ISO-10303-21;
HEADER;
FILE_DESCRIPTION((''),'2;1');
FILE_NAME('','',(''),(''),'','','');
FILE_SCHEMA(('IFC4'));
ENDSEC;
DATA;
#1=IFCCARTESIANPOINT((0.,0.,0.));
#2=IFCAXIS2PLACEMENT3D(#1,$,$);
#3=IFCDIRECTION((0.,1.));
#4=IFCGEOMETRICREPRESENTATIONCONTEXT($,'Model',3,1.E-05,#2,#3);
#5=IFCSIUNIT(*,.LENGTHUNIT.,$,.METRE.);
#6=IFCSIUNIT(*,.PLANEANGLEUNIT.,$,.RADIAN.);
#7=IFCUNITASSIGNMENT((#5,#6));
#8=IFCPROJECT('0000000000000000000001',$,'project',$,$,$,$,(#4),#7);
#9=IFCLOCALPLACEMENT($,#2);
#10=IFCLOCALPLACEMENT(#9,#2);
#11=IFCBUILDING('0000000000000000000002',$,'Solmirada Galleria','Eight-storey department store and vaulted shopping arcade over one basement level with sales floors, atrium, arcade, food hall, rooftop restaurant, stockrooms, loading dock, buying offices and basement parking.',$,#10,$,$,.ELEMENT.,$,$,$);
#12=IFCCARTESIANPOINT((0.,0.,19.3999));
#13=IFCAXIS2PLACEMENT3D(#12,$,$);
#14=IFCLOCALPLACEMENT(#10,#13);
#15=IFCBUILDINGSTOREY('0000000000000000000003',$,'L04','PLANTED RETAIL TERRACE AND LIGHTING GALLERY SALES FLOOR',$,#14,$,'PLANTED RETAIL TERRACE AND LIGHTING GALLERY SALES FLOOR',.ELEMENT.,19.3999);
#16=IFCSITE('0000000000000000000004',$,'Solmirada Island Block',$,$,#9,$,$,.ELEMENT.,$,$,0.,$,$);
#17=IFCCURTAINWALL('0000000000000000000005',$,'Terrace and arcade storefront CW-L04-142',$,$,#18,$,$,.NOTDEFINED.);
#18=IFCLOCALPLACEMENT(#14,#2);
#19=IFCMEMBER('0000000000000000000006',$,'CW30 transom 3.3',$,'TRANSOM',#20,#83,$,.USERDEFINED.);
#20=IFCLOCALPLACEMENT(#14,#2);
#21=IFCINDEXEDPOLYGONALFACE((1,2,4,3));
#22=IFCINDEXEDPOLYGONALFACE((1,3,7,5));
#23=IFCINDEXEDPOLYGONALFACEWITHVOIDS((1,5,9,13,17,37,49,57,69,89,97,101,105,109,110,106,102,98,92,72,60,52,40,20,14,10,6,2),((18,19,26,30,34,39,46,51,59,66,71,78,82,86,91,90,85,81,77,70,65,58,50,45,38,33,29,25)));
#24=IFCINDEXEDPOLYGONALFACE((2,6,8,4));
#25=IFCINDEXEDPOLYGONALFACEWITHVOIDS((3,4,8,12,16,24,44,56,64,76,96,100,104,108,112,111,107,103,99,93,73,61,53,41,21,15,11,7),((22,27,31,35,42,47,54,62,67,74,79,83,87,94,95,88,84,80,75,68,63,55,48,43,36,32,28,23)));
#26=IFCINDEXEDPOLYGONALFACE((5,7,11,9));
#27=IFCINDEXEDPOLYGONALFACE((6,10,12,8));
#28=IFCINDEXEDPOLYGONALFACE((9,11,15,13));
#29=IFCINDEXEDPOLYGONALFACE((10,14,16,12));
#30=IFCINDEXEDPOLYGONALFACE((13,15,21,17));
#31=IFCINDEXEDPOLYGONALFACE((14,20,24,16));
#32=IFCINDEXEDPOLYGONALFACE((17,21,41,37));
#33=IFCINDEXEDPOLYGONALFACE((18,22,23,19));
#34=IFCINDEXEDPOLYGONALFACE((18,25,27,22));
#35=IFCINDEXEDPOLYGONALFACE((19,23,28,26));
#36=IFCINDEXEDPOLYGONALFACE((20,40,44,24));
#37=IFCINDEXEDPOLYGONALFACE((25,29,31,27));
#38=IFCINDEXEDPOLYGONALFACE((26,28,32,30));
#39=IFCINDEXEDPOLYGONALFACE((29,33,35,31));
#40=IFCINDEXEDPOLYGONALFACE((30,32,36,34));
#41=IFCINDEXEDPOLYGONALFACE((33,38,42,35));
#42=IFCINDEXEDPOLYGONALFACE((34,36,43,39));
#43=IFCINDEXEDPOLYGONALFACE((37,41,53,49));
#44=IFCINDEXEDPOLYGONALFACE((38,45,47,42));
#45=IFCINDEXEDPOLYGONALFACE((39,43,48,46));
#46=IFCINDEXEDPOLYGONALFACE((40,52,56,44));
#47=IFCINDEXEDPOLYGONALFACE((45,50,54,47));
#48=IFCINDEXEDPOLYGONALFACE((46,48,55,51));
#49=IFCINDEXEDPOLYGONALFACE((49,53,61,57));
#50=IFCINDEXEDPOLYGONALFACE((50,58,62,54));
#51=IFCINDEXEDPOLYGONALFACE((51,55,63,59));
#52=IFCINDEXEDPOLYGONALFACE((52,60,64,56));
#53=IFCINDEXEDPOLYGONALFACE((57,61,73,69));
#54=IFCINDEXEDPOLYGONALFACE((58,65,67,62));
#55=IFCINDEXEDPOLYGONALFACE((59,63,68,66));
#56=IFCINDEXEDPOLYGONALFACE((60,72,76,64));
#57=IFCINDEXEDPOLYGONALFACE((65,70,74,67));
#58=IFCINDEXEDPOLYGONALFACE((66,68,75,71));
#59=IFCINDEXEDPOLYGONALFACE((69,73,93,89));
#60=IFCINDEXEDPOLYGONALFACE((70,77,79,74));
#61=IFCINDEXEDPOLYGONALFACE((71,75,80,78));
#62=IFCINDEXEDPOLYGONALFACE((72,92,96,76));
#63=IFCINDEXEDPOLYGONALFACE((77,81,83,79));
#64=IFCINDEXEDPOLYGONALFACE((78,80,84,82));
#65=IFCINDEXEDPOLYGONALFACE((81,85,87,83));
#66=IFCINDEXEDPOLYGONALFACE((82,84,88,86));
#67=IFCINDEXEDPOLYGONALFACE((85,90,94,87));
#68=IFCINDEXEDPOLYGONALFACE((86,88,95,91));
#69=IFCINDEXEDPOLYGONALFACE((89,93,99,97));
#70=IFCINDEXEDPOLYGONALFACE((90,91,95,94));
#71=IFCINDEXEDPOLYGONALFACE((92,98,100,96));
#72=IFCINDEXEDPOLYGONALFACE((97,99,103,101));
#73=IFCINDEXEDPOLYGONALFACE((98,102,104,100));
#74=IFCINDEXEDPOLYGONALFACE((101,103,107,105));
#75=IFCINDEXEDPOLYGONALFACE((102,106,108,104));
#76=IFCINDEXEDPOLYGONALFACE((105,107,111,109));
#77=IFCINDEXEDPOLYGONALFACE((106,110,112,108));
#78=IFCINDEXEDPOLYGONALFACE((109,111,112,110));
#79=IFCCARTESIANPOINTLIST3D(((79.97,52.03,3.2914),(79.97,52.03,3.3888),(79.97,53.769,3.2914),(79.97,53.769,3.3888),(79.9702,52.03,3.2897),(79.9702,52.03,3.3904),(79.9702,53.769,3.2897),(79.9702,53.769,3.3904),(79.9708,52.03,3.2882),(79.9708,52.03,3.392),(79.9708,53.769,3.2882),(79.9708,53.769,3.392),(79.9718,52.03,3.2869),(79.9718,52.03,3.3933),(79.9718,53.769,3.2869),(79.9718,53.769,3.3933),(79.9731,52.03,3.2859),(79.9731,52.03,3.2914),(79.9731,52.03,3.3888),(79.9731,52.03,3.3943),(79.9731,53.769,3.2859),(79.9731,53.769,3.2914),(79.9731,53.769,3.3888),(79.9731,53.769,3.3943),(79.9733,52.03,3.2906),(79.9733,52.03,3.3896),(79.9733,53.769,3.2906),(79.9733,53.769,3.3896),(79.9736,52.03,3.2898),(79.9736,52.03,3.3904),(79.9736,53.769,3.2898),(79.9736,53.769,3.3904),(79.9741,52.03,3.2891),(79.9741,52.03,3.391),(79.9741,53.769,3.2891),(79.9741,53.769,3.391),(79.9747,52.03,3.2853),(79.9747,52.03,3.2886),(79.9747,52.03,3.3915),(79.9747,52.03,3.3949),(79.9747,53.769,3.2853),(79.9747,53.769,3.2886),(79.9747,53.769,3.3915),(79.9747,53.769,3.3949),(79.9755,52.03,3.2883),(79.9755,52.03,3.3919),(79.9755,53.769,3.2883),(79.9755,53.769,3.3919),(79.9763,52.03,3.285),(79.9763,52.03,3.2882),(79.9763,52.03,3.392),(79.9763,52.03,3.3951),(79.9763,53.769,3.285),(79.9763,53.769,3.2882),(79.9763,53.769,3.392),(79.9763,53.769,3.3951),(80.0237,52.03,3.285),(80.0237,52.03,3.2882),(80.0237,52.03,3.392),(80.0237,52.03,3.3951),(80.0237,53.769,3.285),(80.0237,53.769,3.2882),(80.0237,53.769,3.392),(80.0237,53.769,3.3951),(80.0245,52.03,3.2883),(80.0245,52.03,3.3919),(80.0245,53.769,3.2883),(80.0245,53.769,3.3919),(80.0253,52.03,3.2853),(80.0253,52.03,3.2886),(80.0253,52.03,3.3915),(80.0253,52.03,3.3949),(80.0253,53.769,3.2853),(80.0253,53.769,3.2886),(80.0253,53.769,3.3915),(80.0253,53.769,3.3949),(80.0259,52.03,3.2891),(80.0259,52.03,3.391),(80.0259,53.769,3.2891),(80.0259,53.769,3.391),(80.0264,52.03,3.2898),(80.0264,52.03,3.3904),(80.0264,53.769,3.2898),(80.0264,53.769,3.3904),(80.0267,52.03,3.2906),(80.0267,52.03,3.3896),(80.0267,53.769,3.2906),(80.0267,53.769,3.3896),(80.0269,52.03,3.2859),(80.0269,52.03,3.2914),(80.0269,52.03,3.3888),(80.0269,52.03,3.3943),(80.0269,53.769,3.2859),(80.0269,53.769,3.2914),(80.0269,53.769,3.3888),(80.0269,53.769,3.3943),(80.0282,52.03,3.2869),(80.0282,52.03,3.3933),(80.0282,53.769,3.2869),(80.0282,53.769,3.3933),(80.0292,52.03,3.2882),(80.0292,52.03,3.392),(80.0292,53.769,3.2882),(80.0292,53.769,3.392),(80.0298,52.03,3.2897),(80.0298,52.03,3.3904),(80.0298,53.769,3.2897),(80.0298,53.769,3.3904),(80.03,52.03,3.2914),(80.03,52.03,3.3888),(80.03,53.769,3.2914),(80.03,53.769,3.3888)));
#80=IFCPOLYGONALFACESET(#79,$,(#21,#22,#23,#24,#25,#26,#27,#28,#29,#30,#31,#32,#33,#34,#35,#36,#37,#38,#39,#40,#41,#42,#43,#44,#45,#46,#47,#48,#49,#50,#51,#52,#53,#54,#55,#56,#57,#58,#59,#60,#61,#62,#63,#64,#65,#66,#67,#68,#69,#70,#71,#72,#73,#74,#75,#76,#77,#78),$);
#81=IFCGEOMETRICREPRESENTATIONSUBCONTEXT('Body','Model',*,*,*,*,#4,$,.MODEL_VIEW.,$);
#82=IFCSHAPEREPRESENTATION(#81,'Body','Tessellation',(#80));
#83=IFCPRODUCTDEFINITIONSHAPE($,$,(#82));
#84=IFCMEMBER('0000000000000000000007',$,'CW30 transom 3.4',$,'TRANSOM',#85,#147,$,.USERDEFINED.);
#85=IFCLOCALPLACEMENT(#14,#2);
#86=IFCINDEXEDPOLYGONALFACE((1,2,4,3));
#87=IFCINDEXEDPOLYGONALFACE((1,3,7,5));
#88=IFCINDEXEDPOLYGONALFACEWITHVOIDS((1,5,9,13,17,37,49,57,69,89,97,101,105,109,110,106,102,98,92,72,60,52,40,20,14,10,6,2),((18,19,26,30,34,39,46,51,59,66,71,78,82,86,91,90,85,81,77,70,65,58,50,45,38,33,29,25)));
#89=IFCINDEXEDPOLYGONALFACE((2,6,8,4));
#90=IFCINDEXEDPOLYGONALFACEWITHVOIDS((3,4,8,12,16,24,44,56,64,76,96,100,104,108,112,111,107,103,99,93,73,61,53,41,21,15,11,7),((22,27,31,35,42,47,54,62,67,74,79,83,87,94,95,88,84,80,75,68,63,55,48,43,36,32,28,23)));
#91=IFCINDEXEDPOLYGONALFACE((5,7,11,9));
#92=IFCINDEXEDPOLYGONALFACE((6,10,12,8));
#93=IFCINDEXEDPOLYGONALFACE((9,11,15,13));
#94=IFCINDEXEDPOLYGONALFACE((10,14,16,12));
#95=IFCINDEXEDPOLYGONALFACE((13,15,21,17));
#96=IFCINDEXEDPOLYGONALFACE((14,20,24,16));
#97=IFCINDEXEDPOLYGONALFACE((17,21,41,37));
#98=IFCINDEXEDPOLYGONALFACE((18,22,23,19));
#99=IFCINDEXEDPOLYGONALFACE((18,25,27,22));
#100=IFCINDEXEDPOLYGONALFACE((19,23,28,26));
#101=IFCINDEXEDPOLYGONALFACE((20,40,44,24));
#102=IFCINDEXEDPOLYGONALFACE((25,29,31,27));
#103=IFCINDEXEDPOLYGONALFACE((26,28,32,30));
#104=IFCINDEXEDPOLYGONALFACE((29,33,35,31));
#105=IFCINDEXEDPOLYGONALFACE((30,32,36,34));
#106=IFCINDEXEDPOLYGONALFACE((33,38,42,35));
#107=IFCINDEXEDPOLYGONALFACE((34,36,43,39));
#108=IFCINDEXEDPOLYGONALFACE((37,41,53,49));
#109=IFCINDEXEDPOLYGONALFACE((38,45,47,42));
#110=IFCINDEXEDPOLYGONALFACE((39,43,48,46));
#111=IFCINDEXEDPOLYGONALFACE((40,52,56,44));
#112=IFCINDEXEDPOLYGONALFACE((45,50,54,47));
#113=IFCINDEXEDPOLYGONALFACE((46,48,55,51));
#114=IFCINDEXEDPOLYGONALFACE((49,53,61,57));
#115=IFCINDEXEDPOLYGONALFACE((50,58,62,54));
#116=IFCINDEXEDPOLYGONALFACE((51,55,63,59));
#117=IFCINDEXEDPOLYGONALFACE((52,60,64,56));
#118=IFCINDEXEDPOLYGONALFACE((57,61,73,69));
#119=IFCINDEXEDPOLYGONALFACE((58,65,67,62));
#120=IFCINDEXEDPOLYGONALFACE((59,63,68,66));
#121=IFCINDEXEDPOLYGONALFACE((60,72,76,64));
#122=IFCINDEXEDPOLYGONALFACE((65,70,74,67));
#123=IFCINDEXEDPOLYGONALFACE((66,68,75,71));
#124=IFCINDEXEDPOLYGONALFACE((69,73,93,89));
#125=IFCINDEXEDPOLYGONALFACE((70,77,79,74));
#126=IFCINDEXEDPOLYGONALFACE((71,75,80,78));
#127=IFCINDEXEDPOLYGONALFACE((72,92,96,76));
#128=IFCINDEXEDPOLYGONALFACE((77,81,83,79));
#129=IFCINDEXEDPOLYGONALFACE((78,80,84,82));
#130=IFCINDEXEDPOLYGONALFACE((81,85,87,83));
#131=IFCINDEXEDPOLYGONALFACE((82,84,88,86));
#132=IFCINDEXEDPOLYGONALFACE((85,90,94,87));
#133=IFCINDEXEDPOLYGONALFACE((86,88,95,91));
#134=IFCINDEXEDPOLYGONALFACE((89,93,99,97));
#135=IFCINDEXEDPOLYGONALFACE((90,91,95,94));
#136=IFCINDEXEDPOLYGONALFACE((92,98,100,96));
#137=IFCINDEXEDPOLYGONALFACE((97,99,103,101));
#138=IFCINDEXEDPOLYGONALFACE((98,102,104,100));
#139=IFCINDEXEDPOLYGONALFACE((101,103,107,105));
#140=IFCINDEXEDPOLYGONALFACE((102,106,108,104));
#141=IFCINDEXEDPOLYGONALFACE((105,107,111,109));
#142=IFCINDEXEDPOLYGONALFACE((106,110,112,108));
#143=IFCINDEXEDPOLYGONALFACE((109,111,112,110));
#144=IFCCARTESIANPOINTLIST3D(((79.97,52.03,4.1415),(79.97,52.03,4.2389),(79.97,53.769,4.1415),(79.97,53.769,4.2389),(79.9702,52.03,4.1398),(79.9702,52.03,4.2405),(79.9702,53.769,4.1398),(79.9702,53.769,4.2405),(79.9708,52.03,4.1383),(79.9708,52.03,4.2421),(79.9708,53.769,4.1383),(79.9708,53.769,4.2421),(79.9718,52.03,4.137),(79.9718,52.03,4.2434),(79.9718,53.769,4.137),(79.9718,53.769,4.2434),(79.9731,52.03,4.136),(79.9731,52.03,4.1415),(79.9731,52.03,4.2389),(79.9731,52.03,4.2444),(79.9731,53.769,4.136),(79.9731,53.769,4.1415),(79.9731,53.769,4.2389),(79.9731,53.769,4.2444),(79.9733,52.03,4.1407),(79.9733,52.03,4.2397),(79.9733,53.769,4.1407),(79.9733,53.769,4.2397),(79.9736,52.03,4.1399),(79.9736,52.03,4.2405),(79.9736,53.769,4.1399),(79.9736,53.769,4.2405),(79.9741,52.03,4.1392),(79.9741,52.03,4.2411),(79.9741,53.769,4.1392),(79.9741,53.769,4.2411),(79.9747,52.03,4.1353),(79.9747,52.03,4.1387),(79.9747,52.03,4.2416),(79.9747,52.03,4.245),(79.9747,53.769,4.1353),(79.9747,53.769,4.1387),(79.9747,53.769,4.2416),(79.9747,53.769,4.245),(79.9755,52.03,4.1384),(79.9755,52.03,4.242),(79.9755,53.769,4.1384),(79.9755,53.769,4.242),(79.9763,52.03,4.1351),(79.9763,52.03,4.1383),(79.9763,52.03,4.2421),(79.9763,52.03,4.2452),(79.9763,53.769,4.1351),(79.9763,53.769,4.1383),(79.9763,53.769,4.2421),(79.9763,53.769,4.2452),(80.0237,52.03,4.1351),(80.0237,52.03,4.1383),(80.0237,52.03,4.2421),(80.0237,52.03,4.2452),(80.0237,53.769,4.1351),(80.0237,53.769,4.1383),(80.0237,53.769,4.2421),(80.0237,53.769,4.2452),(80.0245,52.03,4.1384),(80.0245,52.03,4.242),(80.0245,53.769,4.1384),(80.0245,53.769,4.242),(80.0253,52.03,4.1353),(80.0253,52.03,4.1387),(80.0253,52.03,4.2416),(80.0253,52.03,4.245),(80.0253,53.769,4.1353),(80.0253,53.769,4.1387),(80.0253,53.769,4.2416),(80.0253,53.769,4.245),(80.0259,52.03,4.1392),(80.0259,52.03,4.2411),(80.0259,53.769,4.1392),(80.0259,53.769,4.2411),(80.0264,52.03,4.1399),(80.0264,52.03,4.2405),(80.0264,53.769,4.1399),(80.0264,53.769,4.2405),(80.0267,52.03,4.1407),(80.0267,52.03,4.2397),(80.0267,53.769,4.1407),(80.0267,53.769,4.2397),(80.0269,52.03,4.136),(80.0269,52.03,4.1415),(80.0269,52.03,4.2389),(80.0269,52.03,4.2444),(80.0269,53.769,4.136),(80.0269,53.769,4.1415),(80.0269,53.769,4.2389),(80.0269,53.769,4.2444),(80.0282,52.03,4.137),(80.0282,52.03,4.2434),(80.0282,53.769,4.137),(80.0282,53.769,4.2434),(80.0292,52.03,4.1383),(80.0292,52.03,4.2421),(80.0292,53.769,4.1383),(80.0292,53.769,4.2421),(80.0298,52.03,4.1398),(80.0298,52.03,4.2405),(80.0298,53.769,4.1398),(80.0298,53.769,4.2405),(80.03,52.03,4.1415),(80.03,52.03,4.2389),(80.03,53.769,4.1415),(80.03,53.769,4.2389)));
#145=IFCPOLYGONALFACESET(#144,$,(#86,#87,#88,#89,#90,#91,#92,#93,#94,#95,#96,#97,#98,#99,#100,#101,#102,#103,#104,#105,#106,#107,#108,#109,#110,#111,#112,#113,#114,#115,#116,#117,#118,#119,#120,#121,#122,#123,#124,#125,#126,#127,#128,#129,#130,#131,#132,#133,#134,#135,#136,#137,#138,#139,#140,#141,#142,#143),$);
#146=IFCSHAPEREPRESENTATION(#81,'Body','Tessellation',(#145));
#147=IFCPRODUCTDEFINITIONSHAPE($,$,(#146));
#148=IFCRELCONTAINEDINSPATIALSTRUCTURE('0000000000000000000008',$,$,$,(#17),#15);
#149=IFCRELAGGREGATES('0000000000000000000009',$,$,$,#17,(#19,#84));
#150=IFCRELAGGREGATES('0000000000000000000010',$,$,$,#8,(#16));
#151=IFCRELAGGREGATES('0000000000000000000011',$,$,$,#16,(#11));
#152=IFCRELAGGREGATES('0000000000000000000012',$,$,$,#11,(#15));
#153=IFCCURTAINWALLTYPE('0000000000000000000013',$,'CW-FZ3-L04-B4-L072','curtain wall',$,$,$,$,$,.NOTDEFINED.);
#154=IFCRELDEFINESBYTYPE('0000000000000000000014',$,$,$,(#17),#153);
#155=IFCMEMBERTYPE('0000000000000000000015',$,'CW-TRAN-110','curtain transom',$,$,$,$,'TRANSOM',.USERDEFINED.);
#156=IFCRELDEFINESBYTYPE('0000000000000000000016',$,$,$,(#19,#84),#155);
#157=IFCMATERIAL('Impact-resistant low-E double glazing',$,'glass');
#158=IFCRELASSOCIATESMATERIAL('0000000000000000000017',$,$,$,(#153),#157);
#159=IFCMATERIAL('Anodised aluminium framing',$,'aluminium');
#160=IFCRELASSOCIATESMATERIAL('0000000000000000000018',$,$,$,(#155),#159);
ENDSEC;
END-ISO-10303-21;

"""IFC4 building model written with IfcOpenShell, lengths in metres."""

from ifc_helpers import new_model, si_unit, direction, frame, origin, origin_2d, place, context, subcontext, project, spatial, hollow_rectangle, extrude, material, material_profile, profile_set, type_object, element, aggregate, save


model = new_model("IFC4")

# Units and contexts
model_context = context("Model", 3, precision=1e-05, world=origin(), true_north=direction((0.0, 1.0)))
body_context = subcontext(model_context, "Body", "Model", "MODEL_VIEW")
ifc_project = project(units=[si_unit("LENGTHUNIT", "METRE"), si_unit("PLANEANGLEUNIT", "RADIAN")], contexts=[model_context])

# Site, building, storey
site_placement = place(None, origin())
site = spatial("IfcSite", under=ifc_project, at=site_placement, Name="Solmirada Island Block", CompositionType="ELEMENT", RefElevation=0.0)
building_placement = place(site_placement, origin())
building = spatial("IfcBuilding", under=site, at=building_placement, Name="Solmirada Galleria", Description="Eight-storey department store and vaulted shopping arcade over one basement level with sales floors, atrium, arcade, food hall, rooftop restaurant, stockrooms, loading dock, buying offices and basement parking.", CompositionType="ELEMENT")
storey_placement = place(building_placement, frame((0.0, 0.0, 19.3999)))
storey = spatial("IfcBuildingStorey", under=building, at=storey_placement, Name="L04", Description="PLANTED RETAIL TERRACE AND LIGHTING GALLERY SALES FLOOR", LongName="PLANTED RETAIL TERRACE AND LIGHTING GALLERY SALES FLOOR", CompositionType="ELEMENT", Elevation=19.3999)

# Curtain wall
ifc_material_1 = material(Name="Impact-resistant low-E double glazing", Category="glass")
curtain_wall_type = type_object("IfcCurtainWallType", Name="CW-FZ3-L04-B4-L072", Description="curtain wall", PredefinedType="NOTDEFINED", material=ifc_material_1)
curtain_wall_1_placement = place(storey_placement, origin())
curtain_wall_1 = element("IfcCurtainWall", 1, at=curtain_wall_1_placement, inside=storey, type_object=curtain_wall_type, Name="Terrace and arcade storefront CW-L04-142", PredefinedType="NOTDEFINED")
ifc_material_2 = material(Name="Anodised aluminium framing", Category="aluminium")

# Members
ifc_material_profile_1 = material_profile(ifc_material_2, hollow_rectangle(XDim=0.0601, YDim=0.1101, WallThickness=0.0032, InnerFilletRadius=0.0032, OuterFilletRadius=0.0063, at=origin_2d()), Name="ALU-TRAN-110X60")
ifc_profile_set_1 = profile_set([ifc_material_profile_1], Name="Anodised aluminium framing")
member_type_1 = type_object("IfcMemberType", Name="CW-TRAN-110", Description="curtain transom", ElementType="TRANSOM", PredefinedType="USERDEFINED", material=ifc_profile_set_1)
member_1_placement = place(storey_placement, frame((80.0, 52.03, 3.3401), z_axis=(0.0, 1.0, 0.0), x_axis=(-1.0, 0.0, 0.0)))
member_1 = element("IfcMember", 2, at=member_1_placement, type_object=member_type_1, Name="CW30 transom 3.3", ObjectType="TRANSOM", PredefinedType="USERDEFINED", context=body_context, shape_type="SweptSolid", body=[
    extrude(hollow_rectangle(XDim=0.0601, YDim=0.1101, WallThickness=0.0032, InnerFilletRadius=0.0032, OuterFilletRadius=0.0063, at=origin_2d()), origin(), (0.0, 0.0, 1.0), 1.739),
])
member_2_placement = place(storey_placement, frame((80.0, 52.03, 4.1902), z_axis=(0.0, 1.0, 0.0), x_axis=(-1.0, 0.0, 0.0)))
member_2 = element("IfcMember", 3, at=member_2_placement, type_object=member_type_1, Name="CW30 transom 3.4", ObjectType="TRANSOM", PredefinedType="USERDEFINED", context=body_context, shape_type="SweptSolid", body=[
    extrude(hollow_rectangle(XDim=0.0601, YDim=0.1101, WallThickness=0.0032, InnerFilletRadius=0.0032, OuterFilletRadius=0.0063, at=origin_2d()), origin(), (0.0, 0.0, 1.0), 1.739),
])

aggregate(curtain_wall_1, [member_1, member_2])

save(model, "model.ifc")
